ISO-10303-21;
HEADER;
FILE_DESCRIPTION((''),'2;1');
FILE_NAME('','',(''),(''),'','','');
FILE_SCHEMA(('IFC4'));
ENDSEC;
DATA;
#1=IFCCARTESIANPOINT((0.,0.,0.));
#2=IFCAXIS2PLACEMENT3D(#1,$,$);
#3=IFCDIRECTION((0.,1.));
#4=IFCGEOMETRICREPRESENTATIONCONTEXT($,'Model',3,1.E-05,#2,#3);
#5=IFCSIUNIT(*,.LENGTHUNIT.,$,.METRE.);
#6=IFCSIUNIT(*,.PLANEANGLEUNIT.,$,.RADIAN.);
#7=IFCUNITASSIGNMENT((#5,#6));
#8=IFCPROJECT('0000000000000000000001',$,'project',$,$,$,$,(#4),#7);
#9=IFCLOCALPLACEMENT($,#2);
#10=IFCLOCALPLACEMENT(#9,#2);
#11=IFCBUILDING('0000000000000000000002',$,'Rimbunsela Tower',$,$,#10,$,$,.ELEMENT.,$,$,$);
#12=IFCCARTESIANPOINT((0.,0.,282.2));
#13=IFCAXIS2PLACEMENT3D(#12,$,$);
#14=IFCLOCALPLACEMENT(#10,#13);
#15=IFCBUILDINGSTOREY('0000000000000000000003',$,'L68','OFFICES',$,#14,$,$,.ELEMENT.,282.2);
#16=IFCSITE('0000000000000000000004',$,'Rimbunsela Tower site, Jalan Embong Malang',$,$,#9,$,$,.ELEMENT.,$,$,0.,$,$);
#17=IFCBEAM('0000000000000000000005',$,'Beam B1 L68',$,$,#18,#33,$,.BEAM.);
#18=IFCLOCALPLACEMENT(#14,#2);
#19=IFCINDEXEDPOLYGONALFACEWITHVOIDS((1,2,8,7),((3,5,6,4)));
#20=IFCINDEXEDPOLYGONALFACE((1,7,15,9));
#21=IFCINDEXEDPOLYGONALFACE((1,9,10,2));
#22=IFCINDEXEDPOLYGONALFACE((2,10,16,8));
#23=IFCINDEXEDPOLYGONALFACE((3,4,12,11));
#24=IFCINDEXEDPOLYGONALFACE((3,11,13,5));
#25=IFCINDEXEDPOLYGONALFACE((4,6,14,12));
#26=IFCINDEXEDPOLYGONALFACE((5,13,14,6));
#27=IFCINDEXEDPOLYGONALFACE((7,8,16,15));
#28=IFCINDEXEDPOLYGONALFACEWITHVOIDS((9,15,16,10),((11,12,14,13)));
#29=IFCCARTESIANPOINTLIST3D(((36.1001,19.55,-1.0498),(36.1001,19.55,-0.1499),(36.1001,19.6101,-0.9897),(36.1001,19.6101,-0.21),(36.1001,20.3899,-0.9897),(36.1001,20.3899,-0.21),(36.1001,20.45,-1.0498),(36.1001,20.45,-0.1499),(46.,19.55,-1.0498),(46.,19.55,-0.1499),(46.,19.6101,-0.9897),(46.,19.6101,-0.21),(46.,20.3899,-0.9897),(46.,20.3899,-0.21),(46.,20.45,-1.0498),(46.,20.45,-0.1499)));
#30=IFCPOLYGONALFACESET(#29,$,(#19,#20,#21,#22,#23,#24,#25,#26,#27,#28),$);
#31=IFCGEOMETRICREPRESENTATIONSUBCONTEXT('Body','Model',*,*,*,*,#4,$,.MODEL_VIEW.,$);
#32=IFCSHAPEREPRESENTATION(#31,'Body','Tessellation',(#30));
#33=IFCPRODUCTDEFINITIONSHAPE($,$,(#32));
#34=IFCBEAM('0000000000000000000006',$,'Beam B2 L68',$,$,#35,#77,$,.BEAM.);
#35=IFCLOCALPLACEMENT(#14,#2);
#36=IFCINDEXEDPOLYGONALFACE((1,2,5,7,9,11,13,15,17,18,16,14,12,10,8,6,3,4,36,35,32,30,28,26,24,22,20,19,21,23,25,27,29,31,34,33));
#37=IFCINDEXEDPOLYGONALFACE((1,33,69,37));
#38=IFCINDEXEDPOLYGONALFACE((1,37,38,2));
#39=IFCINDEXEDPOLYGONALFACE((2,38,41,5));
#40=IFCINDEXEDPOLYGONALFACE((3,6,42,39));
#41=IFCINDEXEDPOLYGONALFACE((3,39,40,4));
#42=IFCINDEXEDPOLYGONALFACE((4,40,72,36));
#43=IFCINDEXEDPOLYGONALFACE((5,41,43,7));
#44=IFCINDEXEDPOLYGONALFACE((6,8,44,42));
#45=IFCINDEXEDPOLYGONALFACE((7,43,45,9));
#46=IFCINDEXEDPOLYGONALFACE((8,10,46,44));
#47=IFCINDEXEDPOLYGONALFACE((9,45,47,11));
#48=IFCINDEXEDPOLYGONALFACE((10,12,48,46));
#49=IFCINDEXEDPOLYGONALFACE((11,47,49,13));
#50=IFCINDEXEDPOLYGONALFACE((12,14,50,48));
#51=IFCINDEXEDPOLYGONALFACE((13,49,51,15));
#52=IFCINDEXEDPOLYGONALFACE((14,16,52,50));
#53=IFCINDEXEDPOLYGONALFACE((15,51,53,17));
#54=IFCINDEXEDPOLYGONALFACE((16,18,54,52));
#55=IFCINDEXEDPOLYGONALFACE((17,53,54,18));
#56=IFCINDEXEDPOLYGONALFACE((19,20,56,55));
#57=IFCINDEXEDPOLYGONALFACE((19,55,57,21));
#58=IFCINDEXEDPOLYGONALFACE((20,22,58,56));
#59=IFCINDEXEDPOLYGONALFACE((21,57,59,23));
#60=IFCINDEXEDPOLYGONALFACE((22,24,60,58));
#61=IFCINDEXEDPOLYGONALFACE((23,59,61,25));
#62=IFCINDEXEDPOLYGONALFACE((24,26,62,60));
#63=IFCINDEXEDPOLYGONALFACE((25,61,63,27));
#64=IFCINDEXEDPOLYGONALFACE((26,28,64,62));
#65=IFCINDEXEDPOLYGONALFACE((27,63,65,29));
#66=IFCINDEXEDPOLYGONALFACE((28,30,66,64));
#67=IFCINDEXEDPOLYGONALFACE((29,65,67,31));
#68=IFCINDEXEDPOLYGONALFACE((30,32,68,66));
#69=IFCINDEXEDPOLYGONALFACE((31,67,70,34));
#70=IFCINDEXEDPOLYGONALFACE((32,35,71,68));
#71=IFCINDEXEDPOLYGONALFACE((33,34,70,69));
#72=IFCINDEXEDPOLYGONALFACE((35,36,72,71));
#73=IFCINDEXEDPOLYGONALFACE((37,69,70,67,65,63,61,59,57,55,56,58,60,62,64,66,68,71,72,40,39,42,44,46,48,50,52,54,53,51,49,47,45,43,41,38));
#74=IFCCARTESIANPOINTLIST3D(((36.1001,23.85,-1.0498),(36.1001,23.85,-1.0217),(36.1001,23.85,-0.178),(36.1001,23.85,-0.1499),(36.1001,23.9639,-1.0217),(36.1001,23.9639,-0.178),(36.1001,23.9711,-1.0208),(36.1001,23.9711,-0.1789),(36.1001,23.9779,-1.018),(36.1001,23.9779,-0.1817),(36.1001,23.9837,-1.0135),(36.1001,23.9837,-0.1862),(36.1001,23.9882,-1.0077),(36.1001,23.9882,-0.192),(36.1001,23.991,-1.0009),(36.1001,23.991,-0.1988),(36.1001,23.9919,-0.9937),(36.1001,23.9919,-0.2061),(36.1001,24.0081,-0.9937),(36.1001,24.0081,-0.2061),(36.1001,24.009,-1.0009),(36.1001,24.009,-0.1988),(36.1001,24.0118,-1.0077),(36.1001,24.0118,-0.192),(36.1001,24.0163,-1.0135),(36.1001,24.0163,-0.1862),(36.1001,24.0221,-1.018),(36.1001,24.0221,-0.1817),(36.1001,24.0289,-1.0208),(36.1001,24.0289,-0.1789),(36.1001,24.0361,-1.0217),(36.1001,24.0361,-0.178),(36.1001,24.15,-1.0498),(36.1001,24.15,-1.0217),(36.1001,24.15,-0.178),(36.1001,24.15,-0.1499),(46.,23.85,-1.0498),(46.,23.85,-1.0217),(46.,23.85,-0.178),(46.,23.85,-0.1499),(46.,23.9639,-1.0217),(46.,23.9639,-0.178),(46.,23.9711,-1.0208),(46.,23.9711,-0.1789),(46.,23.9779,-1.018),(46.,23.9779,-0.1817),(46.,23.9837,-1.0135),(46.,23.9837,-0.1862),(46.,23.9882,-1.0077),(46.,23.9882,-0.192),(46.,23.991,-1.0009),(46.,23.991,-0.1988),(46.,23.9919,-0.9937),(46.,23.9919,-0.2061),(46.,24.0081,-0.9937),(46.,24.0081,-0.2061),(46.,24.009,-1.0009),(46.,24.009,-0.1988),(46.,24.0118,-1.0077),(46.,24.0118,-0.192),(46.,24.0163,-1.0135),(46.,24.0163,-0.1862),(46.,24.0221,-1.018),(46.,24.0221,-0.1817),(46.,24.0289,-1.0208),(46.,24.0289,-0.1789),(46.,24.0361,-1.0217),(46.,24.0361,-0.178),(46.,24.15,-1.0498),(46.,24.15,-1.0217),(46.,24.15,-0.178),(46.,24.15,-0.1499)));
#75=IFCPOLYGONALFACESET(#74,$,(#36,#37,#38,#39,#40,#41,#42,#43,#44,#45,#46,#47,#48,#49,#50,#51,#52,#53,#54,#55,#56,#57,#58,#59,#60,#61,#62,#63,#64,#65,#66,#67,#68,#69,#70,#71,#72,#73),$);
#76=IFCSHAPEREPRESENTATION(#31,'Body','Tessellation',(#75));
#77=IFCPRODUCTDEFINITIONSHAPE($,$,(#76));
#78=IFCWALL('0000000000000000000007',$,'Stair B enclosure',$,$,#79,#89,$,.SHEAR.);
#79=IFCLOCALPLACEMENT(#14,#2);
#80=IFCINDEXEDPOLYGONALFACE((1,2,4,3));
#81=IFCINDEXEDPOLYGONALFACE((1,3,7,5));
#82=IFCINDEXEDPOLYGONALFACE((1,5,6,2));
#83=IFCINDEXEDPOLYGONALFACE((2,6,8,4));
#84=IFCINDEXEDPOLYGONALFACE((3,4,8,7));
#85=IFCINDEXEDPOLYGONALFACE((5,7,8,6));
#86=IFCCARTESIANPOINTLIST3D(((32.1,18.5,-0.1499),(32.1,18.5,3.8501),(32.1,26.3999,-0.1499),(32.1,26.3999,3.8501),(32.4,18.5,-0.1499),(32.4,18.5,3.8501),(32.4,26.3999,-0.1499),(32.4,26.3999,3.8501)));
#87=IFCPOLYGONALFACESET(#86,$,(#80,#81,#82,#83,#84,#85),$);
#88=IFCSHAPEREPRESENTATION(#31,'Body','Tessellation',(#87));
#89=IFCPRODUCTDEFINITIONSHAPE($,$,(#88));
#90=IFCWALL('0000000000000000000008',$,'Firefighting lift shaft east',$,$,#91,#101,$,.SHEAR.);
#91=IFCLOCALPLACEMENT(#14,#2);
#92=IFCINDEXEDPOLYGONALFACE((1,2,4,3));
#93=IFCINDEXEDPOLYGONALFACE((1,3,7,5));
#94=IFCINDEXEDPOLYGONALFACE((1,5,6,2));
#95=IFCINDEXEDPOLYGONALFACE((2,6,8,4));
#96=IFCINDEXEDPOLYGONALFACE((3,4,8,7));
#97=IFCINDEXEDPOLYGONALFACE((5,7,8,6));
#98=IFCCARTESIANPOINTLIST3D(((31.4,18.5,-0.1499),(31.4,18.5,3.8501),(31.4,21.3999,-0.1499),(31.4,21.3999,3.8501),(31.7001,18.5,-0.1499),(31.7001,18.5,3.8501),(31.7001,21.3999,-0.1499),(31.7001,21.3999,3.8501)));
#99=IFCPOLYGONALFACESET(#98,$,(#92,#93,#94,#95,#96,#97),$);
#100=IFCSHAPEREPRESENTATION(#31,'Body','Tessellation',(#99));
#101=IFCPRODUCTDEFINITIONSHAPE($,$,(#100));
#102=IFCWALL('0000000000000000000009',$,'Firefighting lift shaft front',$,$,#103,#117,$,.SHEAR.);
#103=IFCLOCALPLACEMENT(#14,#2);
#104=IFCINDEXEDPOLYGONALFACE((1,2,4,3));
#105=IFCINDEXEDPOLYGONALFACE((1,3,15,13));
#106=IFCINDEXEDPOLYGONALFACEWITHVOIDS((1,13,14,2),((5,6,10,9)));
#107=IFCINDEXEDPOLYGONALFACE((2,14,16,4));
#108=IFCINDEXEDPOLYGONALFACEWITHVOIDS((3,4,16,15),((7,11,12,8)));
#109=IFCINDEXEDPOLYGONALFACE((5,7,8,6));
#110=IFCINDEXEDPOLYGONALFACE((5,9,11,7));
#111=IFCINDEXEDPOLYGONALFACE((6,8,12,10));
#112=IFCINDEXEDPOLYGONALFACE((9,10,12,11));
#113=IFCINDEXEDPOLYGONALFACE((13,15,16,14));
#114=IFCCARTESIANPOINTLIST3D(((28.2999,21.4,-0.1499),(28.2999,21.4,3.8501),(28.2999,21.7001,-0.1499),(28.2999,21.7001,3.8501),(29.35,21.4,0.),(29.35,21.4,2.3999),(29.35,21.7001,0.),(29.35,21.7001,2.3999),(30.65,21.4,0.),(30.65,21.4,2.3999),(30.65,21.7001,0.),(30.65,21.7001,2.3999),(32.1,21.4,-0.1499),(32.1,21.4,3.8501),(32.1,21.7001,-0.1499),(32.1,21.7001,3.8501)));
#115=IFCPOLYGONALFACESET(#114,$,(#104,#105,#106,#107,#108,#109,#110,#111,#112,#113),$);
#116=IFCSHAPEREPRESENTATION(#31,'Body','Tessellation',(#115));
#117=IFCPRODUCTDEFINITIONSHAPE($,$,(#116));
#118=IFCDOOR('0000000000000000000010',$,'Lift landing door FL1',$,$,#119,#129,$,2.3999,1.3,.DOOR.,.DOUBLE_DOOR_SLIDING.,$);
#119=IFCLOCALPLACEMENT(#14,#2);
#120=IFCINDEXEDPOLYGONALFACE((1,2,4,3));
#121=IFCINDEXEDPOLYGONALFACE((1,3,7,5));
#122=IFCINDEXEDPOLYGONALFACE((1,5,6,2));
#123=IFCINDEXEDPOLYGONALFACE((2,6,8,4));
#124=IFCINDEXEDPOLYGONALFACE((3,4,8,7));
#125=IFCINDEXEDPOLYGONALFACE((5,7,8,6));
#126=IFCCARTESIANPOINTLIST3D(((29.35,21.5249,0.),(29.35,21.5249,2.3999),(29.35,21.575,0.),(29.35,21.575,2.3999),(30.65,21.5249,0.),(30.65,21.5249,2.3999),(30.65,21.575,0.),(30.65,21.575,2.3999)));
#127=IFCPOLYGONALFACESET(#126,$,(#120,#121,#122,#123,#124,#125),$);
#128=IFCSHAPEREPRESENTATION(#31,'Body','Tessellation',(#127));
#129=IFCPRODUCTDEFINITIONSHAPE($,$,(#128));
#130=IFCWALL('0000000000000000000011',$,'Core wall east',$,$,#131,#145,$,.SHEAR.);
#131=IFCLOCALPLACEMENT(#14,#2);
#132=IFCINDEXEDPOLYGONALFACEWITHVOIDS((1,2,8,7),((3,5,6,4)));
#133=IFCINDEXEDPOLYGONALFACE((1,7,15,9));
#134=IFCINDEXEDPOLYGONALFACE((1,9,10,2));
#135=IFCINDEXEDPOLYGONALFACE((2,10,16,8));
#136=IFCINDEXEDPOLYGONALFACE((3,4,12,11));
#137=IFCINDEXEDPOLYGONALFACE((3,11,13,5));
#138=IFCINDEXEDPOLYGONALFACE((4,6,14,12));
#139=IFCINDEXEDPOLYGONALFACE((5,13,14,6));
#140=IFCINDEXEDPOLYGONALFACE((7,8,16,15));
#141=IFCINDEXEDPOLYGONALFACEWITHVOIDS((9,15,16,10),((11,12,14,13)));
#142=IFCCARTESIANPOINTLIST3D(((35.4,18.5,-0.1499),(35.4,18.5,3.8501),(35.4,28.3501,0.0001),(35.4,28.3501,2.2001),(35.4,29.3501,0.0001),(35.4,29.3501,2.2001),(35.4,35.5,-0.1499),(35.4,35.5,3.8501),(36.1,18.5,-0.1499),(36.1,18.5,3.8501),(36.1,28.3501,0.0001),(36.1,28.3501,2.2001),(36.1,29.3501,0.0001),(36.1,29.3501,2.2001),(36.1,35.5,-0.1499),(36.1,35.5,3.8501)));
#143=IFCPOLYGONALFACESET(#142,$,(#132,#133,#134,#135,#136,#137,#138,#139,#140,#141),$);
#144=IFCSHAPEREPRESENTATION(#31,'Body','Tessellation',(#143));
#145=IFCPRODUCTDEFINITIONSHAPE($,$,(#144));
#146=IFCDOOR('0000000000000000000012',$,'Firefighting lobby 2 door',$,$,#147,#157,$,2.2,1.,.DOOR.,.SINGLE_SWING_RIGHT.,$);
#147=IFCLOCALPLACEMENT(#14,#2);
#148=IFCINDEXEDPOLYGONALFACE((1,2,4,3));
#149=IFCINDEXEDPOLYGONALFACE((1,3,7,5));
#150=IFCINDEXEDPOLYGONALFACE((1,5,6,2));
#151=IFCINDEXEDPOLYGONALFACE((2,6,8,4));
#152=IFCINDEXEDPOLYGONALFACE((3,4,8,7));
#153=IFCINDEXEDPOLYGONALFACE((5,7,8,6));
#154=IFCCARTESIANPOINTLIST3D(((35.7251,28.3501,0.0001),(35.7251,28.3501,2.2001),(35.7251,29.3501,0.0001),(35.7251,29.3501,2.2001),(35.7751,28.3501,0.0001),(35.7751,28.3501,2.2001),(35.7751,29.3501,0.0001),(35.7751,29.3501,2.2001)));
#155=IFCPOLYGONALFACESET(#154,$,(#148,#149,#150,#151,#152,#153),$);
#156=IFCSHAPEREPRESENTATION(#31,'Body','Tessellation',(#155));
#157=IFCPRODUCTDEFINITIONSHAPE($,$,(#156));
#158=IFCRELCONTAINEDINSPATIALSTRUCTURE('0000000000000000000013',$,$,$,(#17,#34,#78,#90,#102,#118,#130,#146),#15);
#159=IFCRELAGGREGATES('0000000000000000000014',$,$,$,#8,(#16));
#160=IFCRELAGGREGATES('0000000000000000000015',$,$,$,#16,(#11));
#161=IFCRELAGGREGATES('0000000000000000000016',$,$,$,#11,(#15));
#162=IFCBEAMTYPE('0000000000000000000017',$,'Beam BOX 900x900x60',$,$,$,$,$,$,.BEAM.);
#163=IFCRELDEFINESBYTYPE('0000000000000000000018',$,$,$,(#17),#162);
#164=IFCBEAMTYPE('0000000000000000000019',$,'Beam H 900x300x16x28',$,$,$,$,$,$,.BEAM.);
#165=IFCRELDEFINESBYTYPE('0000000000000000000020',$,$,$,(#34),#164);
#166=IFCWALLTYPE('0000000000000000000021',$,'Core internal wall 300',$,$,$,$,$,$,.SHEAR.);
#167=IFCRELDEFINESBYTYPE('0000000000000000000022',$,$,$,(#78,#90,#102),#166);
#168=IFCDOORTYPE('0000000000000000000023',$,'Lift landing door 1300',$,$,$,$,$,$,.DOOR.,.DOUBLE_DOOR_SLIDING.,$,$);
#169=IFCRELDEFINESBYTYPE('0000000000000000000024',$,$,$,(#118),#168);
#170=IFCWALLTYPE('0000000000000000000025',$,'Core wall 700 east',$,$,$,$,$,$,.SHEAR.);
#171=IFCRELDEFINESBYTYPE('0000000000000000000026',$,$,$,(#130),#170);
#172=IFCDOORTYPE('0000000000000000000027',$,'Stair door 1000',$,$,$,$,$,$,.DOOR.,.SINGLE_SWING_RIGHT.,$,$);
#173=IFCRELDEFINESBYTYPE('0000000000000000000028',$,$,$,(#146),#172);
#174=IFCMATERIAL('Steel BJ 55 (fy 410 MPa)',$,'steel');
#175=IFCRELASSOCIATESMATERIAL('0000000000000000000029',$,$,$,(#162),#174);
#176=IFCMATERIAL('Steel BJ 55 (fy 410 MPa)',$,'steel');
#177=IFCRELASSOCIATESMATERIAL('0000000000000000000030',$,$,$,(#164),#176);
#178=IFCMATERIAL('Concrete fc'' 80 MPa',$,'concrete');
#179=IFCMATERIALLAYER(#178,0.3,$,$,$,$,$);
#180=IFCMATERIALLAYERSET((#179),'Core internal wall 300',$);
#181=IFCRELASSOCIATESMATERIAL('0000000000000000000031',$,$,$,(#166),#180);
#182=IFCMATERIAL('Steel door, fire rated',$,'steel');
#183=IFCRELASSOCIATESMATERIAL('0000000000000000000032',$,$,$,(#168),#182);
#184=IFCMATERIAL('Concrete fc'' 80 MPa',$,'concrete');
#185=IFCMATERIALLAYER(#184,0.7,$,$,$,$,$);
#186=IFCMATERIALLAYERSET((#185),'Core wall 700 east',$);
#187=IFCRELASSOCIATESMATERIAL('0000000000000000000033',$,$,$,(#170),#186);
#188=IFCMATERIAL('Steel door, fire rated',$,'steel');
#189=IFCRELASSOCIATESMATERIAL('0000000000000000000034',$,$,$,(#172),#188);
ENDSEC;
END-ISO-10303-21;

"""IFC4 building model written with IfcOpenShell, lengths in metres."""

from ifc_helpers import new_model, si_unit, direction, frame, frame_2d, origin, origin_2d, place, context, subcontext, project, spatial, rectangle, hollow_rectangle, i_section, extrude, material, layer, layer_set, material_profile, profile_set, type_object, element, fill, save


model = new_model("IFC4")

# Units and contexts
model_context = context("Model", 3, precision=1e-05, world=origin(), true_north=direction((0.0, 1.0)))
body_context = subcontext(model_context, "Body", "Model", "MODEL_VIEW")
ifc_project = project(units=[si_unit("LENGTHUNIT", "METRE"), si_unit("PLANEANGLEUNIT", "RADIAN")], contexts=[model_context])

# Site, building, storey
site_placement = place(None, origin())
site = spatial("IfcSite", under=ifc_project, at=site_placement, Name="Rimbunsela Tower site, Jalan Embong Malang", CompositionType="ELEMENT", RefElevation=0.0)
building_placement = place(site_placement, origin())
building = spatial("IfcBuilding", under=site, at=building_placement, Name="Rimbunsela Tower", CompositionType="ELEMENT")
storey_placement = place(building_placement, frame((0.0, 0.0, 282.2)))
storey = spatial("IfcBuildingStorey", under=building, at=storey_placement, Name="L68", Description="OFFICES", CompositionType="ELEMENT", Elevation=282.2)

# Beams
ifc_material_1 = material(Name="Steel BJ 55 (fy 410 MPa)", Category="steel")
ifc_material_profile_1 = material_profile(ifc_material_1, hollow_rectangle(XDim=0.8999, YDim=0.8999, WallThickness=0.0601, at=origin_2d()), Name="BOX 900x900x60")
ifc_profile_set_1 = profile_set([ifc_material_profile_1], Name="Steel BJ 55 (fy 410 MPa)")
beam_type_1 = type_object("IfcBeamType", Name="Beam BOX 900x900x60", PredefinedType="BEAM", material=ifc_profile_set_1)
beam_1_placement = place(storey_placement, frame((36.1001, 20.0, -0.5999), z_axis=(1.0, 0.0, 0.0), x_axis=(0.0, 1.0, 0.0)))
element("IfcBeam", 1, at=beam_1_placement, inside=storey, type_object=beam_type_1, Name="Beam B1 L68", PredefinedType="BEAM", context=body_context, shape_type="SweptSolid", body=[
    extrude(hollow_rectangle(XDim=0.8999, YDim=0.8999, WallThickness=0.0601, at=origin_2d()), origin(), (0.0, 0.0, 1.0), 9.8999),
])
ifc_material_2 = material(Name="Steel BJ 55 (fy 410 MPa)", Category="steel")
ifc_material_profile_2 = material_profile(ifc_material_2, i_section(OverallWidth=0.3, OverallDepth=0.8999, WebThickness=0.0161, FlangeThickness=0.0281, FilletRadius=0.0281, at=origin_2d()), Name="H 900x300x16x28")
ifc_profile_set_2 = profile_set([ifc_material_profile_2], Name="Steel BJ 55 (fy 410 MPa)")
beam_type_2 = type_object("IfcBeamType", Name="Beam H 900x300x16x28", PredefinedType="BEAM", material=ifc_profile_set_2)
beam_2_placement = place(storey_placement, frame((36.1001, 24.0, -0.5999), z_axis=(1.0, 0.0, 0.0), x_axis=(0.0, 1.0, 0.0)))
element("IfcBeam", 2, at=beam_2_placement, inside=storey, type_object=beam_type_2, Name="Beam B2 L68", PredefinedType="BEAM", context=body_context, shape_type="SweptSolid", body=[
    extrude(i_section(OverallWidth=0.3, OverallDepth=0.8999, WebThickness=0.0161, FlangeThickness=0.0281, FilletRadius=0.0281, at=origin_2d()), origin(), (0.0, 0.0, 1.0), 9.8999),
])

# Walls
ifc_material_3 = material(Name="Concrete fc' 80 MPa", Category="concrete")
ifc_layer_1 = layer(ifc_material_3, 0.3)
ifc_layer_set_1 = layer_set([ifc_layer_1], Name="Core internal wall 300")
wall_type_1 = type_object("IfcWallType", Name="Core internal wall 300", PredefinedType="SHEAR", material=ifc_layer_set_1)
wall_1_placement = place(storey_placement, frame((32.25, 18.5, -0.1499), z_axis=(0.0, 0.0, 1.0), x_axis=(0.0, 1.0, 0.0)))
element("IfcWall", 3, at=wall_1_placement, inside=storey, type_object=wall_type_1, Name="Stair B enclosure", PredefinedType="SHEAR", context=body_context, shape_type="SweptSolid", body=[
    extrude(rectangle(XDim=7.8999, YDim=0.3, at=frame_2d((3.95, 0.0))), origin(), (0.0, 0.0, 1.0), 4.0),
])
wall_2_placement = place(storey_placement, frame((31.55, 18.5, -0.1499), z_axis=(0.0, 0.0, 1.0), x_axis=(0.0, 1.0, 0.0)))
element("IfcWall", 4, at=wall_2_placement, inside=storey, type_object=wall_type_1, Name="Firefighting lift shaft east", PredefinedType="SHEAR", context=body_context, shape_type="SweptSolid", body=[
    extrude(rectangle(XDim=2.8999, YDim=0.3, at=frame_2d((1.45, 0.0))), origin(), (0.0, 0.0, 1.0), 4.0),
])

# Walls, openings, doors
wall_3_placement = place(storey_placement, frame((28.3, 21.55, -0.1499), z_axis=(0.0, 0.0, 1.0), x_axis=(1.0, 0.0, 0.0)))
wall_3 = element("IfcWall", 5, at=wall_3_placement, inside=storey, type_object=wall_type_1, Name="Firefighting lift shaft front", PredefinedType="SHEAR", context=body_context, shape_type="SweptSolid", body=[
    extrude(rectangle(XDim=3.8, YDim=0.3, at=frame_2d((1.8999, 0.0))), origin(), (0.0, 0.0, 1.0), 4.0),
])
opening_1_placement = place(wall_3_placement, frame((1.05, 0.0, 0.1499)))
opening_1 = element("IfcOpeningElement", 6, at=opening_1_placement, cuts=wall_3, PredefinedType="OPENING", context=body_context, shape_type="SweptSolid", body=[
    extrude(rectangle(XDim=1.3, YDim=2.3999, at=frame_2d((0.6499, 1.2))), frame((0.0, 0.1599, 0.0), z_axis=(0.0, -1.0, 0.0), x_axis=(1.0, 0.0, 0.0)), (0.0, 0.0, 1.0), 0.3201),
])
ifc_material_4 = material(Name="Steel door, fire rated", Category="steel")
door_type_1 = type_object("IfcDoorType", Name="Lift landing door 1300", OperationType="DOUBLE_DOOR_SLIDING", PredefinedType="DOOR", material=ifc_material_4)
door_1_placement = place(opening_1_placement, origin())
door_1 = element("IfcDoor", 7, at=door_1_placement, inside=storey, type_object=door_type_1, Name="Lift landing door FL1", OperationType="DOUBLE_DOOR_SLIDING", OverallHeight=2.3999, OverallWidth=1.3, PredefinedType="DOOR", context=body_context, shape_type="SweptSolid", body=[
    extrude(rectangle(XDim=1.3, YDim=2.3999, at=frame_2d((0.6499, 1.2))), frame((0.0, 0.0249, 0.0), z_axis=(0.0, -1.0, 0.0), x_axis=(1.0, 0.0, 0.0)), (0.0, 0.0, 1.0), 0.05),
])
fill(opening_1, door_1)
ifc_material_5 = material(Name="Concrete fc' 80 MPa", Category="concrete")
ifc_layer_2 = layer(ifc_material_5, 0.7)
ifc_layer_set_2 = layer_set([ifc_layer_2], Name="Core wall 700 east")
wall_type_2 = type_object("IfcWallType", Name="Core wall 700 east", PredefinedType="SHEAR", material=ifc_layer_set_2)
wall_4_placement = place(storey_placement, frame((35.75, 18.5, -0.1499), z_axis=(0.0, 0.0, 1.0), x_axis=(0.0, 1.0, 0.0)))
wall_4 = element("IfcWall", 8, at=wall_4_placement, inside=storey, type_object=wall_type_2, Name="Core wall east", PredefinedType="SHEAR", context=body_context, shape_type="SweptSolid", body=[
    extrude(rectangle(XDim=17.0, YDim=0.7, at=frame_2d((8.5, 0.0))), origin(), (0.0, 0.0, 1.0), 4.0),
])
opening_2_placement = place(wall_4_placement, frame((9.8501, 0.0, 0.1499)))
opening_2 = element("IfcOpeningElement", 9, at=opening_2_placement, cuts=wall_4, PredefinedType="OPENING", context=body_context, shape_type="SweptSolid", body=[
    extrude(rectangle(XDim=1.0, YDim=2.2, at=frame_2d((0.5, 1.1001))), frame((0.0, 0.3599, 0.0), z_axis=(0.0, -1.0, 0.0), x_axis=(1.0, 0.0, 0.0)), (0.0, 0.0, 1.0), 0.72),
])
ifc_material_6 = material(Name="Steel door, fire rated", Category="steel")
door_type_2 = type_object("IfcDoorType", Name="Stair door 1000", OperationType="SINGLE_SWING_RIGHT", PredefinedType="DOOR", material=ifc_material_6)
door_2_placement = place(opening_2_placement, origin())
door_2 = element("IfcDoor", 10, at=door_2_placement, inside=storey, type_object=door_type_2, Name="Firefighting lobby 2 door", OperationType="SINGLE_SWING_RIGHT", OverallHeight=2.2, OverallWidth=1.0, PredefinedType="DOOR", context=body_context, shape_type="SweptSolid", body=[
    extrude(rectangle(XDim=1.0, YDim=2.2, at=frame_2d((0.5, 1.1001))), frame((0.0, 0.0249, 0.0), z_axis=(0.0, -1.0, 0.0), x_axis=(1.0, 0.0, 0.0)), (0.0, 0.0, 1.0), 0.05),
])
fill(opening_2, door_2)

save(model, "model.ifc")
